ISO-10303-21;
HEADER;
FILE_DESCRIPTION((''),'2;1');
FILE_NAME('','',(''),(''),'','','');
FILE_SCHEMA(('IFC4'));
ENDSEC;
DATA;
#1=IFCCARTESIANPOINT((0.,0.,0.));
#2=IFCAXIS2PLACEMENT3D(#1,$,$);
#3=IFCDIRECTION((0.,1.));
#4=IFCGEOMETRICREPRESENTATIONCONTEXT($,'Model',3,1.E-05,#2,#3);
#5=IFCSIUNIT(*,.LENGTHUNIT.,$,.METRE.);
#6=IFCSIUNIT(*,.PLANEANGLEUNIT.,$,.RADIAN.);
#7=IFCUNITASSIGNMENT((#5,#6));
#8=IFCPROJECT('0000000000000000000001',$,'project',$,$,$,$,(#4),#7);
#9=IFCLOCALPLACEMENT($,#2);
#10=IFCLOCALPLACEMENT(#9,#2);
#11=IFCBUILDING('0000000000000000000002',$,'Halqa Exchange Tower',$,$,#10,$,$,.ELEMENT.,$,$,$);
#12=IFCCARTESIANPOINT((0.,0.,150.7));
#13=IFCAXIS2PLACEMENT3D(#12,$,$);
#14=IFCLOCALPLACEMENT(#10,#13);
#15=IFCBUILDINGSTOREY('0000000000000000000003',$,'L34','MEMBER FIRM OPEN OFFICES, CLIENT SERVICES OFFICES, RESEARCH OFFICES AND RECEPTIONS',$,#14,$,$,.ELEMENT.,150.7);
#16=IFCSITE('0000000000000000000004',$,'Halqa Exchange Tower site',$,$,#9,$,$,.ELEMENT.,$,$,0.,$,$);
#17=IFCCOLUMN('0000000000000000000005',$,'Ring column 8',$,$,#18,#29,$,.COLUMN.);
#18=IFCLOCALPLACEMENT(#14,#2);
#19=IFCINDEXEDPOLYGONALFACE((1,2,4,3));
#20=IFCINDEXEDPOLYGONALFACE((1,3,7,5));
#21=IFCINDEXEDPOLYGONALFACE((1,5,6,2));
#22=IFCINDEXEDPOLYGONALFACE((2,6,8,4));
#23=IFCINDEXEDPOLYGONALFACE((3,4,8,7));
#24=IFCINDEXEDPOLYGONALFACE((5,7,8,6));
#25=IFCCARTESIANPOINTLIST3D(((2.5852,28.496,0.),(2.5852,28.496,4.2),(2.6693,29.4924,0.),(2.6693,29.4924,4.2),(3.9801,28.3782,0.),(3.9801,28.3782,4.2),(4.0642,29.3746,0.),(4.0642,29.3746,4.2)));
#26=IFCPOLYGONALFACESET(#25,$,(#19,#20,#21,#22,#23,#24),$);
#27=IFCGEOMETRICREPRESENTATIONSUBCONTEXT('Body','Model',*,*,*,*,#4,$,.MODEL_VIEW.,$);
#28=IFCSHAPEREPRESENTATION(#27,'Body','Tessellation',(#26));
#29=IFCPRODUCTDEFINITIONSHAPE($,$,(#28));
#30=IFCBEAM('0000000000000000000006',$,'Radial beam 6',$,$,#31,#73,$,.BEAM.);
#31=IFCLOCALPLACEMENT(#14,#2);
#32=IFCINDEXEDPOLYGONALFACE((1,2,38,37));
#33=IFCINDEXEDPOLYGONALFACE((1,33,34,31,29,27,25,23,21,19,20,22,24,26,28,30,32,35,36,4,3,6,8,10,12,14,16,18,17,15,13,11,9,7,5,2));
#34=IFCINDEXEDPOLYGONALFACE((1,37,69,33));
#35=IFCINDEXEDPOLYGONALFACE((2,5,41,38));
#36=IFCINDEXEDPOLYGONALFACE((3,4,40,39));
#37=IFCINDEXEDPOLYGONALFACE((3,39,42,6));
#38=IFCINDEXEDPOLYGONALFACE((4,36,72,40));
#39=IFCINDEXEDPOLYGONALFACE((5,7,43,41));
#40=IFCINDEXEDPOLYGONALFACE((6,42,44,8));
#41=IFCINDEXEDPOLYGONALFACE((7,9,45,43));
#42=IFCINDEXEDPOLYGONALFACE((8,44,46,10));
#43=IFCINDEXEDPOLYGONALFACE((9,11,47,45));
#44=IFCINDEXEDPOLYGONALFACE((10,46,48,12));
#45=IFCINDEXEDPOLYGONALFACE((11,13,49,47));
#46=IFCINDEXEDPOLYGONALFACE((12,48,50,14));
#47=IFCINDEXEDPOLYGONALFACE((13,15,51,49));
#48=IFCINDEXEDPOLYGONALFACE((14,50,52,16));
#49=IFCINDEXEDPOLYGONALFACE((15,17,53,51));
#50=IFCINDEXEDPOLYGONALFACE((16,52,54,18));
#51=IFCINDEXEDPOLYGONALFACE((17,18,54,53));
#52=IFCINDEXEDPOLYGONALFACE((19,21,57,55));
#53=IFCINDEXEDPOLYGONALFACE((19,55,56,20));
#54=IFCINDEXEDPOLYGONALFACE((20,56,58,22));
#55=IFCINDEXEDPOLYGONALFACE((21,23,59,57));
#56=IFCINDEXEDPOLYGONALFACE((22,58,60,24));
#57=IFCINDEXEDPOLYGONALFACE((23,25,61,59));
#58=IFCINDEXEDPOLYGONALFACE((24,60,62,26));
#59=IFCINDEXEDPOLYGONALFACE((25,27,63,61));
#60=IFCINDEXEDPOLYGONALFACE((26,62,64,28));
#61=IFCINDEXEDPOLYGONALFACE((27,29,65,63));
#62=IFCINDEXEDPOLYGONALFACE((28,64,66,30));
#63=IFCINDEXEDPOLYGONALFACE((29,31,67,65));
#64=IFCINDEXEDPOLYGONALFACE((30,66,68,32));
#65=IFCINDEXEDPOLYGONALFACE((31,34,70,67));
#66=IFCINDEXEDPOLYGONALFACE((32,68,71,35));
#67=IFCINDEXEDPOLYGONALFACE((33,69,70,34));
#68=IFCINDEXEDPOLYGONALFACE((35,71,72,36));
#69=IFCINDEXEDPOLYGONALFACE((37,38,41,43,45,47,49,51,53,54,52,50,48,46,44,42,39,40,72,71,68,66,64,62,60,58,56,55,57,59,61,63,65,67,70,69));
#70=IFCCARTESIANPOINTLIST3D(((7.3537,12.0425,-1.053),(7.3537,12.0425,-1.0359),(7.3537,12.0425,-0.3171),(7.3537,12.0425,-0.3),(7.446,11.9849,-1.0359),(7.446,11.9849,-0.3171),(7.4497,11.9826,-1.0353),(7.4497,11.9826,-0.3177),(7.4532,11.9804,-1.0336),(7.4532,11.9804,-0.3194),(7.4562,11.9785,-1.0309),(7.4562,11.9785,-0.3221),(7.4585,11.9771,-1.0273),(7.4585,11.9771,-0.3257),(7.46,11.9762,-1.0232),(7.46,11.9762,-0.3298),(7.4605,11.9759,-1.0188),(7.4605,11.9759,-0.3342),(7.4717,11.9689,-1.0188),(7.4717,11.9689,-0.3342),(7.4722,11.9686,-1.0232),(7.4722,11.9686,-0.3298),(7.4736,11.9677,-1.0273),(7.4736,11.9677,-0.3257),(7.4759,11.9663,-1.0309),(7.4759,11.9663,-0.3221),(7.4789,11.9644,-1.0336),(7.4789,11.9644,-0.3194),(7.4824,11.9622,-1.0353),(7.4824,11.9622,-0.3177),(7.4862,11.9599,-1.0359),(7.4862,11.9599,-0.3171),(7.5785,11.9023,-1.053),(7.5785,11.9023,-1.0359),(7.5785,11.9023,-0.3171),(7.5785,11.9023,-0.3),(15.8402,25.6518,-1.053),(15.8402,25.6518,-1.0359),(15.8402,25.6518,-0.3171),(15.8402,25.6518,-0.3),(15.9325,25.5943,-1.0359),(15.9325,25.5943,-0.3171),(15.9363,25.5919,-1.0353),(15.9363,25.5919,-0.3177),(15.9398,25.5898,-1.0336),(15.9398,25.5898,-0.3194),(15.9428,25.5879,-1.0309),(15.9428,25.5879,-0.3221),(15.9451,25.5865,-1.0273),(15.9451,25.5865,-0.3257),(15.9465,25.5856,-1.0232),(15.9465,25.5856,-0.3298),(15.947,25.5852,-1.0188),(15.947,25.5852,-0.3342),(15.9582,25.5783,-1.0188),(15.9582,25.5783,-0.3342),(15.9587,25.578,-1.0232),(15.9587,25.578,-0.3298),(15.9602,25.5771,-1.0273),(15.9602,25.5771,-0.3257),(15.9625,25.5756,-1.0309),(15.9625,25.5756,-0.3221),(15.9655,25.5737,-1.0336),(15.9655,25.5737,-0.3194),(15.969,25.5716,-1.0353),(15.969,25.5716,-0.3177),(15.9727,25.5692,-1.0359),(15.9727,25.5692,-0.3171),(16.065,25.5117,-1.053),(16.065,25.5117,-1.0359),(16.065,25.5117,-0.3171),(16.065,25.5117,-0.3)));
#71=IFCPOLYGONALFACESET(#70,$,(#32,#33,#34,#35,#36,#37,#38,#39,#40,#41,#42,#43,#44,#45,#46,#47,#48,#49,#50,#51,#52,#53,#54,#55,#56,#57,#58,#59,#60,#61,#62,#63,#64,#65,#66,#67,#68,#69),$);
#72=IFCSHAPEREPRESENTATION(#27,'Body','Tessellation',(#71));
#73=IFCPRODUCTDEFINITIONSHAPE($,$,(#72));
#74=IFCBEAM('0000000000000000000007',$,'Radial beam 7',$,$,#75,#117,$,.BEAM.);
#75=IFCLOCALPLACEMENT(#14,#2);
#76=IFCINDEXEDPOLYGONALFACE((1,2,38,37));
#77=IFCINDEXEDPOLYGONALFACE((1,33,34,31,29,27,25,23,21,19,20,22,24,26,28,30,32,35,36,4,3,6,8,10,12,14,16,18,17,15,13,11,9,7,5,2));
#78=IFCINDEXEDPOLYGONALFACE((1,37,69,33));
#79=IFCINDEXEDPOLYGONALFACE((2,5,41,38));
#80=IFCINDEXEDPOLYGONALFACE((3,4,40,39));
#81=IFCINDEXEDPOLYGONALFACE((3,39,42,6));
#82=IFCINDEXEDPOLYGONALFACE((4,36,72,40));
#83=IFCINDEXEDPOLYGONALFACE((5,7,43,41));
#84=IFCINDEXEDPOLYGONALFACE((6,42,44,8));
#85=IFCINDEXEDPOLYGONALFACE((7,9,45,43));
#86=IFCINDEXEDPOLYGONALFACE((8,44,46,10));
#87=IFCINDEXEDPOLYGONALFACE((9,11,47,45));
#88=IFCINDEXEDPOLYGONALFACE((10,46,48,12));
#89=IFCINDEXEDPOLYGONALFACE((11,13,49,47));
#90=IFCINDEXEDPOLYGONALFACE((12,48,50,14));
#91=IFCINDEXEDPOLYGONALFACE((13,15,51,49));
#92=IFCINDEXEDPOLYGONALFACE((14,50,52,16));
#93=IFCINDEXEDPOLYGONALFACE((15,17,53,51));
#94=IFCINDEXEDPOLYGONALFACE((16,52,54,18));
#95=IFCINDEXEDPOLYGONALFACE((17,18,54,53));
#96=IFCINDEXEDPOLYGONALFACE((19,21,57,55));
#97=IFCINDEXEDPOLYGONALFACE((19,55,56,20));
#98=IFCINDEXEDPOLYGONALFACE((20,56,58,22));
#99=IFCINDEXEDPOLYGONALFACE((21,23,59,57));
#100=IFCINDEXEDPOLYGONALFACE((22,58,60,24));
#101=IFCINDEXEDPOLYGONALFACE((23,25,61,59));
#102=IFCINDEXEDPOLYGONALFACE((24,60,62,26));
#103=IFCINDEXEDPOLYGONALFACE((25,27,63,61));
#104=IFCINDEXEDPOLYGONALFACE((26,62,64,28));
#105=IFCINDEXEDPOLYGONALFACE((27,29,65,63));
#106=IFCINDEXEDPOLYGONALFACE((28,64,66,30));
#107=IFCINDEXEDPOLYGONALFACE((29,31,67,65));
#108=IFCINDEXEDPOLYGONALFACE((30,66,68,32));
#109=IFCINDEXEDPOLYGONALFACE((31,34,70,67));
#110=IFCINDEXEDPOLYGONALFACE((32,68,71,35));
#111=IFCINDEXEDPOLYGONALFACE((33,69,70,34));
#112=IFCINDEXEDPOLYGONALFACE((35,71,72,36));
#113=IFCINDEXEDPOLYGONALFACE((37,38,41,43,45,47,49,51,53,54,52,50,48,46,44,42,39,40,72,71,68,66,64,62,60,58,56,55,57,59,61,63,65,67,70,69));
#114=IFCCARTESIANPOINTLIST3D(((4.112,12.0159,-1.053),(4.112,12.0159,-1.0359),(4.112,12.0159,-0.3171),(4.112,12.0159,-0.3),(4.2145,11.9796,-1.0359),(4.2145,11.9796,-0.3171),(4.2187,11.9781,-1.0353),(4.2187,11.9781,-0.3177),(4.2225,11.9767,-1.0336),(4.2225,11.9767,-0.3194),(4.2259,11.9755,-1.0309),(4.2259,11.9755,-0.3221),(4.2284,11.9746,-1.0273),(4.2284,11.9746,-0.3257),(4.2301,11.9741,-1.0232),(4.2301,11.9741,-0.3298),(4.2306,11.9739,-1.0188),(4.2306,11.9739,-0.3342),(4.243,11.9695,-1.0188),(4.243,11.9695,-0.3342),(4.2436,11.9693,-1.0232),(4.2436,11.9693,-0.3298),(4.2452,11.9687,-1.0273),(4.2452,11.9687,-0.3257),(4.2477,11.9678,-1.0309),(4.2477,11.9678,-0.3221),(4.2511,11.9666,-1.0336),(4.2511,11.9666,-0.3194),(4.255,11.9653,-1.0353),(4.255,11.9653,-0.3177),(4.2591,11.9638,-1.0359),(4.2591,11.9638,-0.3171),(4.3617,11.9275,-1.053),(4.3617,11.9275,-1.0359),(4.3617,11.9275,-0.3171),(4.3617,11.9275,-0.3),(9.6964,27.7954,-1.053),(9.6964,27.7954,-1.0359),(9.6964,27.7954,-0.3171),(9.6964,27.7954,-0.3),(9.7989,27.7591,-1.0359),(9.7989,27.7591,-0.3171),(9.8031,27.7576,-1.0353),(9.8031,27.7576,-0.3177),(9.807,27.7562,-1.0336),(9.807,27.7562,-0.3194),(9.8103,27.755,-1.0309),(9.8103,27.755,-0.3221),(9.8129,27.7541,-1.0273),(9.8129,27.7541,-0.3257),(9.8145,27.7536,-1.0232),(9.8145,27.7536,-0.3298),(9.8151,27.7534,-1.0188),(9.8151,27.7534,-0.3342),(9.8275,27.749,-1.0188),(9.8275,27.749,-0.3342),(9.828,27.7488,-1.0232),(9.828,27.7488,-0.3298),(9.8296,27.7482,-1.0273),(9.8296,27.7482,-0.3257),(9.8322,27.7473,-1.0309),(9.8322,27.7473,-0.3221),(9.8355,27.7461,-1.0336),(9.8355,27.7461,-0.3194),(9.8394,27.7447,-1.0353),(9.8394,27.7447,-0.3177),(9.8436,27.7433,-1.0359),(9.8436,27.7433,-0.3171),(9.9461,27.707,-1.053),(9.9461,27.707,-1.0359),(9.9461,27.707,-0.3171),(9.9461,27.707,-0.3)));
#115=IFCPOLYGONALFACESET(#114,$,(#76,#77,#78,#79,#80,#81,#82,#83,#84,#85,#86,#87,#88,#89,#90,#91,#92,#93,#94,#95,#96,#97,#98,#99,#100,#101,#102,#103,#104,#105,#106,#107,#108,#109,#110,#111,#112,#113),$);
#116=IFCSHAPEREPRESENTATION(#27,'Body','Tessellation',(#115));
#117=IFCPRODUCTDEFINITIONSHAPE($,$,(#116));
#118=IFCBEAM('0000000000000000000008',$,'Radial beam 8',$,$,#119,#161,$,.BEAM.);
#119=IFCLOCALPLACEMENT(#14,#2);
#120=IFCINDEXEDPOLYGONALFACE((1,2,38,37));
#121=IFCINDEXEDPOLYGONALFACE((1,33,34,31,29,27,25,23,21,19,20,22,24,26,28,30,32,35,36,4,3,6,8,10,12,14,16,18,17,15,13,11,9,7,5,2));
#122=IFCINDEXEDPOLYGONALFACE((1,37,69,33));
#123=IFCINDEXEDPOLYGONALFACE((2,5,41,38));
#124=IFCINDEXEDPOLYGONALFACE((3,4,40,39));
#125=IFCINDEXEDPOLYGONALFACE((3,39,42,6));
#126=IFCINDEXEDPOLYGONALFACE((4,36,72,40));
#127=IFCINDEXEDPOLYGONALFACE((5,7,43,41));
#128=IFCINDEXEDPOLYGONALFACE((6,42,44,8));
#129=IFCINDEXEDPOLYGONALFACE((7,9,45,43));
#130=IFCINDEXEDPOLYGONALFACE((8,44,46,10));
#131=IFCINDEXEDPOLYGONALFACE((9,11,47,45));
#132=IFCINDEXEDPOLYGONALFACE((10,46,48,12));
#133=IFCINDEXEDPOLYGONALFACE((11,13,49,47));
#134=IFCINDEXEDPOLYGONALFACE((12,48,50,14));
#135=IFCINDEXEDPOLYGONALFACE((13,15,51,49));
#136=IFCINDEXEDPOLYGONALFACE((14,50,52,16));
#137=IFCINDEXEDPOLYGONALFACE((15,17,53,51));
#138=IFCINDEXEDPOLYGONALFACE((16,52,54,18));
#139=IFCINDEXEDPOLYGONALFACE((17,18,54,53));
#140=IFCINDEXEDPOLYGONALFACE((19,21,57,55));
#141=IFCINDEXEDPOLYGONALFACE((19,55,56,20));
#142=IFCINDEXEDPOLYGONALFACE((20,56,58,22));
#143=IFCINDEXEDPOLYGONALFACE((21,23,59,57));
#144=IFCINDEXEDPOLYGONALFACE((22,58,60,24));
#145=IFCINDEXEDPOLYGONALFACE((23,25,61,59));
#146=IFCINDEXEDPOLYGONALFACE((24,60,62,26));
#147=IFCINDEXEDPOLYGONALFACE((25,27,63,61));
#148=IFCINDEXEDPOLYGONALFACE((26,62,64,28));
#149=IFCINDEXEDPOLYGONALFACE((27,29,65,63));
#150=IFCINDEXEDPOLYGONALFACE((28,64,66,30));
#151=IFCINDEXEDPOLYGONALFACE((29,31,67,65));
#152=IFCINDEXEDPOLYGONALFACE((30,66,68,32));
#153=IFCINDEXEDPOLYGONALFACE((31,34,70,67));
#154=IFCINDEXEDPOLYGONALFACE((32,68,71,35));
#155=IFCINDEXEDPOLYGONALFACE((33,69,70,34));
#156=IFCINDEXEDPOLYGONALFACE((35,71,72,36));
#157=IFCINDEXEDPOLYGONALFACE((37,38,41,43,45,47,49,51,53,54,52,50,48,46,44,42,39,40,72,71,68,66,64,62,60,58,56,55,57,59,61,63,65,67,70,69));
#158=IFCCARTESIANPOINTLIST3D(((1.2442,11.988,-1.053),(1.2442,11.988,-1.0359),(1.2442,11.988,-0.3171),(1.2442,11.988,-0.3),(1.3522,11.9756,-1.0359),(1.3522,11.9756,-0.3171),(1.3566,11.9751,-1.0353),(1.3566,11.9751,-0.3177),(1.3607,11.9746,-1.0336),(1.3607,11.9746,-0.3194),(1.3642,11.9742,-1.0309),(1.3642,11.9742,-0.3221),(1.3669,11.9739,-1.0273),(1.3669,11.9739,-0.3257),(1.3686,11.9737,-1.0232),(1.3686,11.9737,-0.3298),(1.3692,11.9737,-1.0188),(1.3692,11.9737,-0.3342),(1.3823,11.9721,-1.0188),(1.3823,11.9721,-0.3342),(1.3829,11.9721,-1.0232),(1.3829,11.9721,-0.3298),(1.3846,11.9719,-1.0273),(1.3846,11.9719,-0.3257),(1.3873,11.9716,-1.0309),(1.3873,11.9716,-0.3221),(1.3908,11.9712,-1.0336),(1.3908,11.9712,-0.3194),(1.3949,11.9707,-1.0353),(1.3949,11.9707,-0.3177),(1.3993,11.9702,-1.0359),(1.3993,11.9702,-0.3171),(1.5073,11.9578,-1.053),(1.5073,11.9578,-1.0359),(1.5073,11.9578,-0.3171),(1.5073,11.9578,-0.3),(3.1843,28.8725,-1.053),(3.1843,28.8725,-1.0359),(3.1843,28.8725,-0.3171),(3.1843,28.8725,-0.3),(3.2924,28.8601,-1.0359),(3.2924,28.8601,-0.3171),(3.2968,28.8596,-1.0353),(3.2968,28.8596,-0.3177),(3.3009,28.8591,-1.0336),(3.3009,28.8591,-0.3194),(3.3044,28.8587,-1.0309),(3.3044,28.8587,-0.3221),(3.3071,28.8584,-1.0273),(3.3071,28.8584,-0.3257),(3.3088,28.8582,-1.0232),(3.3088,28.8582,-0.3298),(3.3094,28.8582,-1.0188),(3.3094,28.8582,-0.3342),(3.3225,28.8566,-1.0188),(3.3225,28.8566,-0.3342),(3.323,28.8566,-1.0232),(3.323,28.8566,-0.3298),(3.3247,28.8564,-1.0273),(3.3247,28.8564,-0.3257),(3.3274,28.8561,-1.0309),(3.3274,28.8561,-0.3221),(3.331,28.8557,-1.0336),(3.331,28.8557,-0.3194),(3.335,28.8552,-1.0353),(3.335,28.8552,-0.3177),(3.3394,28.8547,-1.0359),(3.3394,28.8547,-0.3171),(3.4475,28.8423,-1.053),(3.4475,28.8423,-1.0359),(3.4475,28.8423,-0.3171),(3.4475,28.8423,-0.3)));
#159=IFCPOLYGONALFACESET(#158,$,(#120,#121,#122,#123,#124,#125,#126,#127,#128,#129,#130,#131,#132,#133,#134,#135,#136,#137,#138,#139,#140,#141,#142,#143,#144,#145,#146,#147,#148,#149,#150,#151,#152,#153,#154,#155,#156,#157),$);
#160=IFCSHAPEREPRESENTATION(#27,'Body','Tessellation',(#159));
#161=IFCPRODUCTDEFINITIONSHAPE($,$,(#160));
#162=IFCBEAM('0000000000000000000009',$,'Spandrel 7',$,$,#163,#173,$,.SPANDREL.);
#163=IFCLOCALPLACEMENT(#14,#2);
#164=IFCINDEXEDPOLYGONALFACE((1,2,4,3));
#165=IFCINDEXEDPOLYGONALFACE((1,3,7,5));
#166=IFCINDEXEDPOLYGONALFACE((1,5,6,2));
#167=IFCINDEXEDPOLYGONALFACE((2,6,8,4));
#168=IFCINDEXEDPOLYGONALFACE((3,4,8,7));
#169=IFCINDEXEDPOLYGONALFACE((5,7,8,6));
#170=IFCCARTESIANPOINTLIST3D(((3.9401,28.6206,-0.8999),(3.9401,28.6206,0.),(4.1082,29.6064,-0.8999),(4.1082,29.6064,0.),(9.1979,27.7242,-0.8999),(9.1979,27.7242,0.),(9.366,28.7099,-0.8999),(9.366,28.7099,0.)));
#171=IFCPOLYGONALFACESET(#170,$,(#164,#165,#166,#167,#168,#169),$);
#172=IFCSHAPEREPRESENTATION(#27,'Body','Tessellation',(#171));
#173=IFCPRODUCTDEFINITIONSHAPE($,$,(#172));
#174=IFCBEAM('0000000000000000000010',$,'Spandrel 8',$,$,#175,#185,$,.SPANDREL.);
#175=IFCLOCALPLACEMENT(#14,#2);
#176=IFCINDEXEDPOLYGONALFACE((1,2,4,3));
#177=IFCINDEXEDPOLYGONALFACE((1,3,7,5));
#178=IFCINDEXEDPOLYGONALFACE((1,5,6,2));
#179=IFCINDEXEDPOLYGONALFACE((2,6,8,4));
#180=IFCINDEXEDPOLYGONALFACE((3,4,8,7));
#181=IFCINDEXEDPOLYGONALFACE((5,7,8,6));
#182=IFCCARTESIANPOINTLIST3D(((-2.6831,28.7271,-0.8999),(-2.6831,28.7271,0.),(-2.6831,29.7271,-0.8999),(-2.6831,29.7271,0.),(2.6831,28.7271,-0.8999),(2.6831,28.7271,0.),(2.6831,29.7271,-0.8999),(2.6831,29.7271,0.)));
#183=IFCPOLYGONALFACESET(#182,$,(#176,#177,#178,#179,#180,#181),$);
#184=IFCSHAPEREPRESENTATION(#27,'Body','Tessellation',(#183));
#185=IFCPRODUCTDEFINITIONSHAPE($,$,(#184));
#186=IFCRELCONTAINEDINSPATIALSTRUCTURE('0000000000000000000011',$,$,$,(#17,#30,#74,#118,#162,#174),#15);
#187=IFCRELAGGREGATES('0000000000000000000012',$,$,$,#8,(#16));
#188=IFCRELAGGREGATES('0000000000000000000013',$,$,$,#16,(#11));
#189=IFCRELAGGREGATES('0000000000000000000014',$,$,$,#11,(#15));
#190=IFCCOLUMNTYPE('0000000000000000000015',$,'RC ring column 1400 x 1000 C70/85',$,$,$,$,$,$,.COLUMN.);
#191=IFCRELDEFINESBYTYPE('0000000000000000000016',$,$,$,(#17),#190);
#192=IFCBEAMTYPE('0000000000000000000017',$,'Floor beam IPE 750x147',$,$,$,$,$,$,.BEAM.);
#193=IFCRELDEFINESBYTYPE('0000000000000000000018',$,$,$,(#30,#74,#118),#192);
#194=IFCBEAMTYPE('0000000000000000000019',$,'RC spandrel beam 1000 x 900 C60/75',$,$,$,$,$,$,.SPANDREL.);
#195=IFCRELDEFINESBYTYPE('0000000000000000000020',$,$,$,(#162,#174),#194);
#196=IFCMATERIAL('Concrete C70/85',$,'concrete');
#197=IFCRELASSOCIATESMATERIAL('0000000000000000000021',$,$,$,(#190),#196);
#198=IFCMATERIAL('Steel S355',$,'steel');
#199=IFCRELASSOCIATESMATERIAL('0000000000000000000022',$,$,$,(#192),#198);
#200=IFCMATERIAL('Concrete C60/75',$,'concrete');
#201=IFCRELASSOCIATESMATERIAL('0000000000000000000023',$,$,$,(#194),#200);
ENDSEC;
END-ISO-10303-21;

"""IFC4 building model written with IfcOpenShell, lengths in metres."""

from ifc_helpers import new_model, si_unit, direction, frame, origin, origin_2d, place, context, subcontext, project, spatial, rectangle, i_section, extrude, material, material_profile, profile_set, type_object, element, save


model = new_model("IFC4")

# Units and contexts
model_context = context("Model", 3, precision=1e-05, world=origin(), true_north=direction((0.0, 1.0)))
body_context = subcontext(model_context, "Body", "Model", "MODEL_VIEW")
ifc_project = project(units=[si_unit("LENGTHUNIT", "METRE"), si_unit("PLANEANGLEUNIT", "RADIAN")], contexts=[model_context])

# Site, building, storey
site_placement = place(None, origin())
site = spatial("IfcSite", under=ifc_project, at=site_placement, Name="Halqa Exchange Tower site", CompositionType="ELEMENT", RefElevation=0.0)
building_placement = place(site_placement, origin())
building = spatial("IfcBuilding", under=site, at=building_placement, Name="Halqa Exchange Tower", CompositionType="ELEMENT")
storey_placement = place(building_placement, frame((0.0, 0.0, 150.7)))
storey = spatial("IfcBuildingStorey", under=building, at=storey_placement, Name="L34", Description="MEMBER FIRM OPEN OFFICES, CLIENT SERVICES OFFICES, RESEARCH OFFICES AND RECEPTIONS", CompositionType="ELEMENT", Elevation=150.7)

# Column
ifc_material_1 = material(Name="Concrete C70/85", Category="concrete")
ifc_material_profile_1 = material_profile(ifc_material_1, rectangle(XDim=1.3999, YDim=1.0, at=origin_2d()), Name="1400 x 1000")
ifc_profile_set_1 = profile_set([ifc_material_profile_1], Name="Concrete C70/85")
column_type = type_object("IfcColumnType", Name="RC ring column 1400 x 1000 C70/85", PredefinedType="COLUMN", material=ifc_profile_set_1)
column_placement = place(storey_placement, frame((3.3247, 28.9353, 0.0), z_axis=(0.0, 0.0, 1.0), x_axis=(-0.996455, 0.084125, 0.0)))
element("IfcColumn", 1, at=column_placement, inside=storey, type_object=column_type, Name="Ring column 8", PredefinedType="COLUMN", context=body_context, shape_type="SweptSolid", body=[
    extrude(rectangle(XDim=1.3999, YDim=1.0, at=origin_2d()), origin(), (0.0, 0.0, 1.0), 4.2),
])

# Beams
ifc_material_2 = material(Name="Steel S355", Category="steel")
ifc_material_profile_2 = material_profile(ifc_material_2, i_section(OverallWidth=0.2649, OverallDepth=0.7529, WebThickness=0.0132, FlangeThickness=0.0171, FilletRadius=0.0171, at=origin_2d()), Name="IPE 750x147")
ifc_profile_set_2 = profile_set([ifc_material_profile_2], Name="Steel S355")
beam_type_1 = type_object("IfcBeamType", Name="Floor beam IPE 750x147", PredefinedType="BEAM", material=ifc_profile_set_2)
beam_1_placement = place(storey_placement, frame((7.4661, 11.9724, -0.6765), z_axis=(0.529134, 0.848538, 0.0), x_axis=(-0.848538, 0.529134, 0.0)))
element("IfcBeam", 2, at=beam_1_placement, inside=storey, type_object=beam_type_1, Name="Radial beam 6", PredefinedType="BEAM", context=body_context, shape_type="SweptSolid", body=[
    extrude(i_section(OverallWidth=0.2649, OverallDepth=0.7529, WebThickness=0.0132, FlangeThickness=0.0171, FilletRadius=0.0171, at=origin_2d()), origin(), (0.0, 0.0, 1.0), 16.0386),
])
beam_2_placement = place(storey_placement, frame((4.2368, 11.9717, -0.6765), z_axis=(0.333629, 0.942705, 0.0), x_axis=(-0.942705, 0.333629, 0.0)))
element("IfcBeam", 3, at=beam_2_placement, inside=storey, type_object=beam_type_1, Name="Radial beam 7", PredefinedType="BEAM", context=body_context, shape_type="SweptSolid", body=[
    extrude(i_section(OverallWidth=0.2649, OverallDepth=0.7529, WebThickness=0.0132, FlangeThickness=0.0171, FilletRadius=0.0171, at=origin_2d()), origin(), (0.0, 0.0, 1.0), 16.7385),
])
beam_3_placement = place(storey_placement, frame((1.3757, 11.9729, -0.6765), z_axis=(0.114158, 0.993463, 0.0), x_axis=(-0.993463, 0.114158, 0.0)))
element("IfcBeam", 4, at=beam_3_placement, inside=storey, type_object=beam_type_1, Name="Radial beam 8", PredefinedType="BEAM", context=body_context, shape_type="SweptSolid", body=[
    extrude(i_section(OverallWidth=0.2649, OverallDepth=0.7529, WebThickness=0.0132, FlangeThickness=0.0171, FilletRadius=0.0171, at=origin_2d()), origin(), (0.0, 0.0, 1.0), 16.9956),
])
ifc_material_3 = material(Name="Concrete C60/75", Category="concrete")
ifc_material_profile_3 = material_profile(ifc_material_3, rectangle(XDim=1.0, YDim=0.8999, at=origin_2d()), Name="1000 x 900")
ifc_profile_set_3 = profile_set([ifc_material_profile_3], Name="Concrete C60/75")
beam_type_2 = type_object("IfcBeamType", Name="RC spandrel beam 1000 x 900 C60/75", PredefinedType="SPANDREL", material=ifc_profile_set_3)
beam_4_placement = place(storey_placement, frame((9.282, 28.217, -0.45), z_axis=(-0.985773, 0.168079, 0.0), x_axis=(-0.168079, -0.985773, 0.0)))
element("IfcBeam", 5, at=beam_4_placement, inside=storey, type_object=beam_type_2, Name="Spandrel 7", PredefinedType="SPANDREL", context=body_context, shape_type="SweptSolid", body=[
    extrude(rectangle(XDim=1.0, YDim=0.8999, at=origin_2d()), origin(), (0.0, 0.0, 1.0), 5.3337),
])
beam_5_placement = place(storey_placement, frame((2.6831, 29.2271, -0.45), z_axis=(-1.0, 0.0, 0.0), x_axis=(0.0, -1.0, 0.0)))
element("IfcBeam", 6, at=beam_5_placement, inside=storey, type_object=beam_type_2, Name="Spandrel 8", PredefinedType="SPANDREL", context=body_context, shape_type="SweptSolid", body=[
    extrude(rectangle(XDim=1.0, YDim=0.8999, at=origin_2d()), origin(), (0.0, 0.0, 1.0), 5.3662),
])

save(model, "model.ifc")
